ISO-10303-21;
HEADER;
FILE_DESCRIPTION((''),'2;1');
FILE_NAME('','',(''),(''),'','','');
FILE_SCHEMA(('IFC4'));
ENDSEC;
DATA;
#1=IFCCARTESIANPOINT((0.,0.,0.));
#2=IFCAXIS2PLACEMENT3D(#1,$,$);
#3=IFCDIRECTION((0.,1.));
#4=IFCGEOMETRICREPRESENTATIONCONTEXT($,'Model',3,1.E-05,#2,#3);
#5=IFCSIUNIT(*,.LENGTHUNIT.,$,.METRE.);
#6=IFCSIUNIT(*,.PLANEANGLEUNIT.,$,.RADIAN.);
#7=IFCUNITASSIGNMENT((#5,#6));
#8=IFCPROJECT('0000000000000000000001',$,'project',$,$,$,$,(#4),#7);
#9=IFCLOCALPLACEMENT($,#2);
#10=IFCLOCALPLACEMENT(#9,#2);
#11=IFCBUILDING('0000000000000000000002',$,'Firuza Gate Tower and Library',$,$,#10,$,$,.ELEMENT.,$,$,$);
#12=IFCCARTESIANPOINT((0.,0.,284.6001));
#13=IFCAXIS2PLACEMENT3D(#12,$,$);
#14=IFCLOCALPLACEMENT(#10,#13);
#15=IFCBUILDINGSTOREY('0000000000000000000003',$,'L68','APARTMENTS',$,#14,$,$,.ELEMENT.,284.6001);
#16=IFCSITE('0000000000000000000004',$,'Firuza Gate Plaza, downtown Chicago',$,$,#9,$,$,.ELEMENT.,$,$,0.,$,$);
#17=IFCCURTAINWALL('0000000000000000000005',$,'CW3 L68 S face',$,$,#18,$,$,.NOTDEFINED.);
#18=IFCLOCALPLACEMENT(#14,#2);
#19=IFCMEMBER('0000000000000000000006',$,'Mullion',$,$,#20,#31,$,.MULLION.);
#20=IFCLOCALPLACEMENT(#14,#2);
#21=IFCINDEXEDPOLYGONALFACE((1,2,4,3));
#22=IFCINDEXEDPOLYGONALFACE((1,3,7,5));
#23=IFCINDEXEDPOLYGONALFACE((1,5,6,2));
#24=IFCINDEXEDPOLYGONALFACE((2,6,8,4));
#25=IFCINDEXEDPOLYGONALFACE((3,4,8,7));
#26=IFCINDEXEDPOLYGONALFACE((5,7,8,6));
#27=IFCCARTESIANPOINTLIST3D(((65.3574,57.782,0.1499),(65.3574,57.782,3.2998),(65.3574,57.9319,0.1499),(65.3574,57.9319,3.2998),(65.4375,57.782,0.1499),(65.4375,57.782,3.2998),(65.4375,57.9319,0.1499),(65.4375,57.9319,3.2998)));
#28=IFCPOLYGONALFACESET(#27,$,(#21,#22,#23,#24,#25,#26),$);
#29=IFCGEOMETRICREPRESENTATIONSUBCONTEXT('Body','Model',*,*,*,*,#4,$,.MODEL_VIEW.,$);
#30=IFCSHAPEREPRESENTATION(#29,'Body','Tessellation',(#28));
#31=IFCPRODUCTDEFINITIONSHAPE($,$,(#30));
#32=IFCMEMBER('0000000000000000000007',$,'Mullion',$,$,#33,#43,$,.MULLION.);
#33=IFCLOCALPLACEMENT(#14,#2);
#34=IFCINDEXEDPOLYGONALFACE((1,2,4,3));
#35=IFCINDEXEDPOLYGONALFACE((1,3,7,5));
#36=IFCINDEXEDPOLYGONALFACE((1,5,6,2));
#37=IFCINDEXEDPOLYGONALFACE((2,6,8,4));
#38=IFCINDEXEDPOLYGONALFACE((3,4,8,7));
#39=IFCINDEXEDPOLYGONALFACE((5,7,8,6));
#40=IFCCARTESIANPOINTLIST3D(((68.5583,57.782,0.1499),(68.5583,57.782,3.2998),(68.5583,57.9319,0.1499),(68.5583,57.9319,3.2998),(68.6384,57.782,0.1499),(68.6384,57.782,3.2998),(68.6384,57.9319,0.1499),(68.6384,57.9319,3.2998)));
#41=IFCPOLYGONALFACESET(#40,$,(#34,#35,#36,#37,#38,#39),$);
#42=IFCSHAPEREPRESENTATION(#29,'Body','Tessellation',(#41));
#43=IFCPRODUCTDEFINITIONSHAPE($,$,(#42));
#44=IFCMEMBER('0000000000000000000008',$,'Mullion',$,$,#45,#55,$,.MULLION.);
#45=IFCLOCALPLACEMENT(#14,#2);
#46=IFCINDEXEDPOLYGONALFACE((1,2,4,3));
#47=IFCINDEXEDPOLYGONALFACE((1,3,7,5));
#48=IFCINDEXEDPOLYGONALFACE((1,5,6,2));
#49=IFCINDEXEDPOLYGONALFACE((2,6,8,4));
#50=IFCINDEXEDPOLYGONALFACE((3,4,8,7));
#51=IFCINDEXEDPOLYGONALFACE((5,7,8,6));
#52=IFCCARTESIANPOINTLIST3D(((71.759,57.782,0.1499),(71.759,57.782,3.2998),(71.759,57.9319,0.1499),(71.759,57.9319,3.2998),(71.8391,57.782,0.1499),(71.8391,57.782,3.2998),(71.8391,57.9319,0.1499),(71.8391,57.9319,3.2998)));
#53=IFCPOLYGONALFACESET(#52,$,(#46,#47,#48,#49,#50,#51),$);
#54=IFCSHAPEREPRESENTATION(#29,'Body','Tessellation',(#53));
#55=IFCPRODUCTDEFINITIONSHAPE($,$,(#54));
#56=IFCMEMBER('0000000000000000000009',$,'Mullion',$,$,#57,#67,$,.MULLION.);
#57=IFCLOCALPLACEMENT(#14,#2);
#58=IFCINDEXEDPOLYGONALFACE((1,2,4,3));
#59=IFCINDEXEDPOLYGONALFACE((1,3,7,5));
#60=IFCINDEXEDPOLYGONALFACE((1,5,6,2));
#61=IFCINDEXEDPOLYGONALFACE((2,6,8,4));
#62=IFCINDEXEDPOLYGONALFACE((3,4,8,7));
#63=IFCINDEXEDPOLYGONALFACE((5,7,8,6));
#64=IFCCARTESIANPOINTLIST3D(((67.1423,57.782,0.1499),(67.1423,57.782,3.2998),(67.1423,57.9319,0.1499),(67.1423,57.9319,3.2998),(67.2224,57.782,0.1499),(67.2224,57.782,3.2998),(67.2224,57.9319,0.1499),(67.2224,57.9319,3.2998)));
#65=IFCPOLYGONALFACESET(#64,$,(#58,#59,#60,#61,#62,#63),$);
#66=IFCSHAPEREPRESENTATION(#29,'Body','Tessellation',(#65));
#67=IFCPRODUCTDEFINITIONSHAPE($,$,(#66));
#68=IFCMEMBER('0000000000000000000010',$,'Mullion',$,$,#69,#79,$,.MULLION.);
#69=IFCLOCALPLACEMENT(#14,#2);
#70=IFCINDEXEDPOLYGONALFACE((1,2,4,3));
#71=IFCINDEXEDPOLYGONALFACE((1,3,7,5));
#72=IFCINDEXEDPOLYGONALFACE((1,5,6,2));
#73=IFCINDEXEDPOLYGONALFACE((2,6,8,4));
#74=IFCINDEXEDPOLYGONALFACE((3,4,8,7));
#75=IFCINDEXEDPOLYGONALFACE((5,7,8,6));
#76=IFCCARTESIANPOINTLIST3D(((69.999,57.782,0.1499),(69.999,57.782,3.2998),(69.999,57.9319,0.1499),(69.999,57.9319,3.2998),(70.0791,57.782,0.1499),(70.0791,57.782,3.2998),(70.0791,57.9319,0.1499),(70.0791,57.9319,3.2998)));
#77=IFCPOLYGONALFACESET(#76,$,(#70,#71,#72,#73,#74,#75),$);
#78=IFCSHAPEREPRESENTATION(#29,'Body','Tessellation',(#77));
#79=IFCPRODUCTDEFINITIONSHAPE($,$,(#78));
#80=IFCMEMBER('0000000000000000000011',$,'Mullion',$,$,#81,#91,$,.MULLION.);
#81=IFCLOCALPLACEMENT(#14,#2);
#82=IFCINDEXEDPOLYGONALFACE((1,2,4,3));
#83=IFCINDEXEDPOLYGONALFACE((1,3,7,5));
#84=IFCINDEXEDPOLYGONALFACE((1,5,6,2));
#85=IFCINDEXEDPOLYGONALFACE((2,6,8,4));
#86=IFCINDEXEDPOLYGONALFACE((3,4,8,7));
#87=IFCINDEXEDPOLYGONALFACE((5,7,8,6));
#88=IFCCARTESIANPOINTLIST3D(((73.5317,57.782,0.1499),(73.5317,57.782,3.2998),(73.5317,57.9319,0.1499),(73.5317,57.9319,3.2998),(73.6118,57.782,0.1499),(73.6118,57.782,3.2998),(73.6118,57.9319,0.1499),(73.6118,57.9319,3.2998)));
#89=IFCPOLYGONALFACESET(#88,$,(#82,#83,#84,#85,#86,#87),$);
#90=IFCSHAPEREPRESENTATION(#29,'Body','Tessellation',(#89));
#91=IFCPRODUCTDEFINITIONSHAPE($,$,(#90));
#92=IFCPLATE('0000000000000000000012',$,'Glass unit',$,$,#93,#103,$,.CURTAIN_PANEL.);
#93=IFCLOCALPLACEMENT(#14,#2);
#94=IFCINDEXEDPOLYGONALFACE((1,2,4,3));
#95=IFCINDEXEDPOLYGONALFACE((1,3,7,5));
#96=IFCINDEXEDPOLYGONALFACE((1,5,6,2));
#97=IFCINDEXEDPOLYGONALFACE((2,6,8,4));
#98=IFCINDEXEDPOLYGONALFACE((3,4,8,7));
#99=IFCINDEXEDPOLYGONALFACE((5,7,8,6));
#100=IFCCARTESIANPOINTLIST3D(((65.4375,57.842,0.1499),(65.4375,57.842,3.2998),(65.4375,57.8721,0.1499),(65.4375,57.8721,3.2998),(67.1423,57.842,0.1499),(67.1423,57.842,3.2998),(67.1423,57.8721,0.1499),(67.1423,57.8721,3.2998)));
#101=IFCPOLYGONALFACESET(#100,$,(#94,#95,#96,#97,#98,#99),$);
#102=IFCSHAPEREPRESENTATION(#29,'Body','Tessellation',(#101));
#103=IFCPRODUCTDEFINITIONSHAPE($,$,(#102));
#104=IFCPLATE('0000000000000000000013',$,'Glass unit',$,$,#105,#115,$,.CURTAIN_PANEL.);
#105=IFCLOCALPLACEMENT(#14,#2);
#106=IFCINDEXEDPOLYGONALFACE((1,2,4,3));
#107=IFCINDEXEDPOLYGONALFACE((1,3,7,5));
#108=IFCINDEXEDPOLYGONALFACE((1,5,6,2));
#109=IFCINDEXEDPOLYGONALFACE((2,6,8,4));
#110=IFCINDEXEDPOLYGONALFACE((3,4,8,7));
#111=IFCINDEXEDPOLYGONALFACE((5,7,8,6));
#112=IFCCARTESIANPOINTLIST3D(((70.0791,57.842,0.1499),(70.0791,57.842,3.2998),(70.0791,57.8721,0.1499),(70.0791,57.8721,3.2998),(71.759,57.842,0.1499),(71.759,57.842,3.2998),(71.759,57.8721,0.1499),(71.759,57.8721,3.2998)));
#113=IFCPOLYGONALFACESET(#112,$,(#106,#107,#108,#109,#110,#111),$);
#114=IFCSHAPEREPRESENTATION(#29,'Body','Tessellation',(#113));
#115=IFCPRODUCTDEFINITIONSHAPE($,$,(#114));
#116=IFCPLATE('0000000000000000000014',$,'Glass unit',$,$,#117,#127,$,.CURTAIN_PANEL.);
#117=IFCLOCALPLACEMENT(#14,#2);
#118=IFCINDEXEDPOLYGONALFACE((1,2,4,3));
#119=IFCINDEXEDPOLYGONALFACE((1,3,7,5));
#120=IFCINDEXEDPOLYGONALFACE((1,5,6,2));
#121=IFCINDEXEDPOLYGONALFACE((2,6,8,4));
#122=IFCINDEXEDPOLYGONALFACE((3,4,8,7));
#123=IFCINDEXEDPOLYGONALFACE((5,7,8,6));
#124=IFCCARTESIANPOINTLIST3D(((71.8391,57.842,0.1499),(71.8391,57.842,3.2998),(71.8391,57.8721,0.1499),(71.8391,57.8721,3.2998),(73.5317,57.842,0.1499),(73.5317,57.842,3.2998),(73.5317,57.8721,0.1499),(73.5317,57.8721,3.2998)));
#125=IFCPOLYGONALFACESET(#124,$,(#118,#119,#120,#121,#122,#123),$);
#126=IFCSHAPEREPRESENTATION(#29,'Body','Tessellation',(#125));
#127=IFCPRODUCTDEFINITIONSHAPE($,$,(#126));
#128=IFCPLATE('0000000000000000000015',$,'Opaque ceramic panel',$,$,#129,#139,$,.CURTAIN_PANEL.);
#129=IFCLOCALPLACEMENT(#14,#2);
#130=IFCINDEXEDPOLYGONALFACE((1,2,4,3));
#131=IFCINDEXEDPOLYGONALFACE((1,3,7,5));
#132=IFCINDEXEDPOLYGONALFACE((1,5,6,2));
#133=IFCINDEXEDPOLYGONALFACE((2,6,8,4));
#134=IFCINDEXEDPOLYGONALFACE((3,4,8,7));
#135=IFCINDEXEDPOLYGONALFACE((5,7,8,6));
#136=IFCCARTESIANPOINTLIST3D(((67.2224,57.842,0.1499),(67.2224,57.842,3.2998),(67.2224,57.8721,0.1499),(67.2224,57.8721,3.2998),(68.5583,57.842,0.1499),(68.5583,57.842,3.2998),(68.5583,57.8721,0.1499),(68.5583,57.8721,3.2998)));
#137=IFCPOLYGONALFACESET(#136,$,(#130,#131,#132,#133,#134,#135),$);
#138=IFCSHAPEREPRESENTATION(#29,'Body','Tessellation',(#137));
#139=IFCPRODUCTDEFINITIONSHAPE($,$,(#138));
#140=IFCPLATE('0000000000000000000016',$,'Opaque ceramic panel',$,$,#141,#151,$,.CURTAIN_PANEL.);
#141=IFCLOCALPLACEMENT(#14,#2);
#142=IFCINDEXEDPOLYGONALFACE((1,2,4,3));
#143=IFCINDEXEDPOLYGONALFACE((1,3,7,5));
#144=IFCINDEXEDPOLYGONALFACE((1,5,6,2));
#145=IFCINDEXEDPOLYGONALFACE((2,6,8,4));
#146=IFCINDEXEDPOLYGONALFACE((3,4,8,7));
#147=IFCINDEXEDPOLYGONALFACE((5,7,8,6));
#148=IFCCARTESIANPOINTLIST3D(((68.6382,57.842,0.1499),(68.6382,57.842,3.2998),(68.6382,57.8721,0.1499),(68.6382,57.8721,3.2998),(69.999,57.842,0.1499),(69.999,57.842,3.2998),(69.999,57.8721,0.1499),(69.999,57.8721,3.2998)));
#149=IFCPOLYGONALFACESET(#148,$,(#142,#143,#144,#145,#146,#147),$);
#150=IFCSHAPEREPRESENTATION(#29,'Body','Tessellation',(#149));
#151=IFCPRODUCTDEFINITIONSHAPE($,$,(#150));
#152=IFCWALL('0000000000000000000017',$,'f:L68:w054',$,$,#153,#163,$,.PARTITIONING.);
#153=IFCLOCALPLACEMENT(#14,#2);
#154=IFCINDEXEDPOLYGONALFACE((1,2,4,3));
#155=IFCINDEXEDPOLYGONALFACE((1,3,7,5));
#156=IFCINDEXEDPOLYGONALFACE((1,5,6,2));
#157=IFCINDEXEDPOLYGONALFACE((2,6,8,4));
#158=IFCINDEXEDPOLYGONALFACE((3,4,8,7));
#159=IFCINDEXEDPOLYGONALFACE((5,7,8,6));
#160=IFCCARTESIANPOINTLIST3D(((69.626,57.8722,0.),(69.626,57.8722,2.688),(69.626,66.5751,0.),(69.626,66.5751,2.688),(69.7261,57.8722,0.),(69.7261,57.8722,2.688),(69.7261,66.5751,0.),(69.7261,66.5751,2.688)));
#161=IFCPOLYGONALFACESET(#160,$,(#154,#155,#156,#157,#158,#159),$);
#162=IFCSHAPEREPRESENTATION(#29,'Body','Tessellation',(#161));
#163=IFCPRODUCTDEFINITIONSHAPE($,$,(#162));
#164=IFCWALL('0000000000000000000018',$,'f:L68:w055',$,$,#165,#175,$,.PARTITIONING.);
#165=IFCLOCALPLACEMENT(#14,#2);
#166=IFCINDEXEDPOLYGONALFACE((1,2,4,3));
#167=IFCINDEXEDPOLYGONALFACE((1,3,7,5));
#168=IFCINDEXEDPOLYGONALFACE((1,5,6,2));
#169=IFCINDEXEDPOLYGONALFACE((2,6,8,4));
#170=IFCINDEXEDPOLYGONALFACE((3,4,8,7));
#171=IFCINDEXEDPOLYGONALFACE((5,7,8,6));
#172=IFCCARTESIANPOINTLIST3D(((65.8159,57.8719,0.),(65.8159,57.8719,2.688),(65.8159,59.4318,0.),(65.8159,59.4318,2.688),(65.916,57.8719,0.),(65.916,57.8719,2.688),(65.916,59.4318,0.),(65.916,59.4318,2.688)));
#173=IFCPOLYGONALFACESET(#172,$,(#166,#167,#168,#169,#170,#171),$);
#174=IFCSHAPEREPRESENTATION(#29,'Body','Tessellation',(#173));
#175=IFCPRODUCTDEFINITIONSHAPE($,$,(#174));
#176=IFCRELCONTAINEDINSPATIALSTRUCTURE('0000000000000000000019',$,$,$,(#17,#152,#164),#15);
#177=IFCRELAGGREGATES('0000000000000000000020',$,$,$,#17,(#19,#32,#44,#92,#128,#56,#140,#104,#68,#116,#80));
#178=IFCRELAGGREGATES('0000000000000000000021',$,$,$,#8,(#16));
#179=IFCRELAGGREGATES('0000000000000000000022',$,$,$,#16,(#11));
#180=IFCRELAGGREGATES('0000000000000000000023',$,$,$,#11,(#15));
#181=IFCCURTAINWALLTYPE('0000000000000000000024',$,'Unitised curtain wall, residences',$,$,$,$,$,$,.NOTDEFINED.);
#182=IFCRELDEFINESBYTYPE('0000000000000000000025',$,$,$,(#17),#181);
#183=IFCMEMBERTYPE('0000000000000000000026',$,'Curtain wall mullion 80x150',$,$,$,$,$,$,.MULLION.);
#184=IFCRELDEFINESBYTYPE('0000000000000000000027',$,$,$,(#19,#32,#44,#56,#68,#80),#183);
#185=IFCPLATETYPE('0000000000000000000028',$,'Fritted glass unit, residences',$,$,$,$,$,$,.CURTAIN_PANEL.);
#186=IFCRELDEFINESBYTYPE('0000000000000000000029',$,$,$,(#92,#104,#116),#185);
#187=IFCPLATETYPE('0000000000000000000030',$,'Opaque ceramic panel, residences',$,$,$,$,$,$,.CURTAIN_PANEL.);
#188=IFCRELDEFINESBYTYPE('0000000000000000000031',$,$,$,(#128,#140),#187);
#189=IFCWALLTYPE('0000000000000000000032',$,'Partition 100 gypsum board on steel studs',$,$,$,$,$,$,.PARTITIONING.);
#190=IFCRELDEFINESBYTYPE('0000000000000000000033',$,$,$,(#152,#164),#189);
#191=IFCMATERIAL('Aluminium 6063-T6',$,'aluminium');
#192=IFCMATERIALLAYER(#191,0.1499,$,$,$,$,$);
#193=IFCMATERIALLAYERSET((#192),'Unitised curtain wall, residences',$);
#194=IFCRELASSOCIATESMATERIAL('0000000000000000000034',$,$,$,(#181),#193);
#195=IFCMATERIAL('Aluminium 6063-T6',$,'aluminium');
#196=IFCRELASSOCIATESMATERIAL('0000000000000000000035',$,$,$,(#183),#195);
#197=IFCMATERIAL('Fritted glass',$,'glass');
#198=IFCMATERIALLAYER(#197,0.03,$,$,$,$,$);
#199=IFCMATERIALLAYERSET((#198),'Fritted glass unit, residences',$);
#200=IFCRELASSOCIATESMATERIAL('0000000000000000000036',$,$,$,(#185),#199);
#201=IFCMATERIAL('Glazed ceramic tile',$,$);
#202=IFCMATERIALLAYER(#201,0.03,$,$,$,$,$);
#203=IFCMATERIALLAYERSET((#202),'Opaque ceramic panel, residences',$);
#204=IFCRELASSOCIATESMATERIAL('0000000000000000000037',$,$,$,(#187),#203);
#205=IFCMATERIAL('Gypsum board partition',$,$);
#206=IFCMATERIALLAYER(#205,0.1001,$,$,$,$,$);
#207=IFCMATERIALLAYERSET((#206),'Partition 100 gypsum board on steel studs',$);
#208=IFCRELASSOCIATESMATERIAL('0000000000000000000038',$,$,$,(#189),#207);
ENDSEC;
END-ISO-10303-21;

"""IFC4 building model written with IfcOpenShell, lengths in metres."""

from ifc_helpers import new_model, si_unit, direction, frame, frame_2d, origin, origin_2d, place, context, subcontext, project, spatial, polyline, rectangle, outline, extrude, material, layer, layer_set, material_profile, profile_set, type_object, element, aggregate, save


model = new_model("IFC4")

# Units and contexts
model_context = context("Model", 3, precision=1e-05, world=origin(), true_north=direction((0.0, 1.0)))
body_context = subcontext(model_context, "Body", "Model", "MODEL_VIEW")
ifc_project = project(units=[si_unit("LENGTHUNIT", "METRE"), si_unit("PLANEANGLEUNIT", "RADIAN")], contexts=[model_context])

# Site, building, storey
site_placement = place(None, origin())
site = spatial("IfcSite", under=ifc_project, at=site_placement, Name="Firuza Gate Plaza, downtown Chicago", CompositionType="ELEMENT", RefElevation=0.0)
building_placement = place(site_placement, origin())
building = spatial("IfcBuilding", under=site, at=building_placement, Name="Firuza Gate Tower and Library", CompositionType="ELEMENT")
storey_placement = place(building_placement, frame((0.0, 0.0, 284.6001)))
storey = spatial("IfcBuildingStorey", under=building, at=storey_placement, Name="L68", Description="APARTMENTS", CompositionType="ELEMENT", Elevation=284.6001)

# Curtain wall, members, plates
ifc_material_1 = material(Name="Aluminium 6063-T6", Category="aluminium")
ifc_layer_1 = layer(ifc_material_1, 0.1499)
ifc_layer_set_1 = layer_set([ifc_layer_1], Name="Unitised curtain wall, residences")
curtain_wall_type = type_object("IfcCurtainWallType", Name="Unitised curtain wall, residences", PredefinedType="NOTDEFINED", material=ifc_layer_set_1)
curtain_wall_placement = place(storey_placement, origin())
curtain_wall = element("IfcCurtainWall", 1, at=curtain_wall_placement, inside=storey, type_object=curtain_wall_type, Name="CW3 L68 S face", PredefinedType="NOTDEFINED")
ifc_material_2 = material(Name="Aluminium 6063-T6", Category="aluminium")
ifc_material_profile = material_profile(ifc_material_2, rectangle(XDim=0.1499, YDim=0.0801, at=origin_2d()))
ifc_profile_set = profile_set([ifc_material_profile], Name="Aluminium 6063-T6")
member_type = type_object("IfcMemberType", Name="Curtain wall mullion 80x150", PredefinedType="MULLION", material=ifc_profile_set)
member_1_placement = place(storey_placement, frame((65.3975, 57.8569, 0.1499), z_axis=(0.0, 0.0, 1.0), x_axis=(0.0, 1.0, 0.0)))
member_1 = element("IfcMember", 2, at=member_1_placement, type_object=member_type, Name="Mullion", PredefinedType="MULLION", context=body_context, shape_type="SweptSolid", body=[
    extrude(rectangle(XDim=0.1499, YDim=0.0801, at=origin_2d()), origin(), (0.0, 0.0, 1.0), 3.1499),
])
member_2_placement = place(storey_placement, frame((68.5984, 57.8569, 0.1499), z_axis=(0.0, 0.0, 1.0), x_axis=(0.0, 1.0, 0.0)))
member_2 = element("IfcMember", 3, at=member_2_placement, type_object=member_type, Name="Mullion", PredefinedType="MULLION", context=body_context, shape_type="SweptSolid", body=[
    extrude(rectangle(XDim=0.1499, YDim=0.0801, at=origin_2d()), origin(), (0.0, 0.0, 1.0), 3.1499),
])
member_3_placement = place(storey_placement, frame((71.7991, 57.8569, 0.1499), z_axis=(0.0, 0.0, 1.0), x_axis=(0.0, 1.0, 0.0)))
member_3 = element("IfcMember", 4, at=member_3_placement, type_object=member_type, Name="Mullion", PredefinedType="MULLION", context=body_context, shape_type="SweptSolid", body=[
    extrude(rectangle(XDim=0.1499, YDim=0.0801, at=origin_2d()), origin(), (0.0, 0.0, 1.0), 3.1499),
])
member_4_placement = place(storey_placement, frame((67.1824, 57.8569, 0.1499), z_axis=(0.0, 0.0, 1.0), x_axis=(0.0, 1.0, 0.0)))
member_4 = element("IfcMember", 5, at=member_4_placement, type_object=member_type, Name="Mullion", PredefinedType="MULLION", context=body_context, shape_type="SweptSolid", body=[
    extrude(rectangle(XDim=0.1499, YDim=0.0801, at=origin_2d()), origin(), (0.0, 0.0, 1.0), 3.1499),
])
member_5_placement = place(storey_placement, frame((70.0391, 57.8569, 0.1499), z_axis=(0.0, 0.0, 1.0), x_axis=(0.0, 1.0, 0.0)))
member_5 = element("IfcMember", 6, at=member_5_placement, type_object=member_type, Name="Mullion", PredefinedType="MULLION", context=body_context, shape_type="SweptSolid", body=[
    extrude(rectangle(XDim=0.1499, YDim=0.0801, at=origin_2d()), origin(), (0.0, 0.0, 1.0), 3.1499),
])
member_6_placement = place(storey_placement, frame((73.5718, 57.8569, 0.1499), z_axis=(0.0, 0.0, 1.0), x_axis=(0.0, 1.0, 0.0)))
member_6 = element("IfcMember", 7, at=member_6_placement, type_object=member_type, Name="Mullion", PredefinedType="MULLION", context=body_context, shape_type="SweptSolid", body=[
    extrude(rectangle(XDim=0.1499, YDim=0.0801, at=origin_2d()), origin(), (0.0, 0.0, 1.0), 3.1499),
])
ifc_material_3 = material(Name="Fritted glass", Category="glass")
ifc_layer_2 = layer(ifc_material_3, 0.03)
ifc_layer_set_2 = layer_set([ifc_layer_2], Name="Fritted glass unit, residences")
plate_type_1 = type_object("IfcPlateType", Name="Fritted glass unit, residences", PredefinedType="CURTAIN_PANEL", material=ifc_layer_set_2)
plate_1_placement = place(storey_placement, frame((65.4375, 57.842, 0.1499), z_axis=(0.0, -1.0, 0.0), x_axis=(1.0, 0.0, 0.0)))
plate_1 = element("IfcPlate", 8, at=plate_1_placement, type_object=plate_type_1, Name="Glass unit", PredefinedType="CURTAIN_PANEL", context=body_context, shape_type="SweptSolid", body=[
    extrude(outline(polyline([(0.0, 0.0), (1.7048, 0.0), (1.7048, 3.1499), (0.0, 3.1499), (0.0, 0.0)])), origin(), (0.0, 0.0, -1.0), 0.03),
])
plate_2_placement = place(storey_placement, frame((70.0791, 57.842, 0.1499), z_axis=(0.0, -1.0, 0.0), x_axis=(1.0, 0.0, 0.0)))
plate_2 = element("IfcPlate", 9, at=plate_2_placement, type_object=plate_type_1, Name="Glass unit", PredefinedType="CURTAIN_PANEL", context=body_context, shape_type="SweptSolid", body=[
    extrude(outline(polyline([(0.0, 0.0), (1.6799, 0.0), (1.6799, 3.1499), (0.0, 3.1499), (0.0, 0.0)])), origin(), (0.0, 0.0, -1.0), 0.03),
])
plate_3_placement = place(storey_placement, frame((71.8391, 57.842, 0.1499), z_axis=(0.0, -1.0, 0.0), x_axis=(1.0, 0.0, 0.0)))
plate_3 = element("IfcPlate", 10, at=plate_3_placement, type_object=plate_type_1, Name="Glass unit", PredefinedType="CURTAIN_PANEL", context=body_context, shape_type="SweptSolid", body=[
    extrude(outline(polyline([(0.0, 0.0), (1.6926, 0.0), (1.6926, 3.1499), (0.0, 3.1499), (0.0, 0.0)])), origin(), (0.0, 0.0, -1.0), 0.03),
])
ifc_material_4 = material(Name="Glazed ceramic tile")
ifc_layer_3 = layer(ifc_material_4, 0.03)
ifc_layer_set_3 = layer_set([ifc_layer_3], Name="Opaque ceramic panel, residences")
plate_type_2 = type_object("IfcPlateType", Name="Opaque ceramic panel, residences", PredefinedType="CURTAIN_PANEL", material=ifc_layer_set_3)
plate_4_placement = place(storey_placement, frame((67.2224, 57.842, 0.1499), z_axis=(0.0, -1.0, 0.0), x_axis=(1.0, 0.0, 0.0)))
plate_4 = element("IfcPlate", 11, at=plate_4_placement, type_object=plate_type_2, Name="Opaque ceramic panel", PredefinedType="CURTAIN_PANEL", context=body_context, shape_type="SweptSolid", body=[
    extrude(outline(polyline([(0.0, 0.0), (1.3359, 0.0), (1.3359, 3.1499), (0.0, 3.1499), (0.0, 0.0)])), origin(), (0.0, 0.0, -1.0), 0.03),
])
plate_5_placement = place(storey_placement, frame((68.6382, 57.842, 0.1499), z_axis=(0.0, -1.0, 0.0), x_axis=(1.0, 0.0, 0.0)))
plate_5 = element("IfcPlate", 12, at=plate_5_placement, type_object=plate_type_2, Name="Opaque ceramic panel", PredefinedType="CURTAIN_PANEL", context=body_context, shape_type="SweptSolid", body=[
    extrude(outline(polyline([(0.0, 0.0), (1.3608, 0.0), (1.3608, 3.1499), (0.0, 3.1499), (0.0, 0.0)])), origin(), (0.0, 0.0, -1.0), 0.03),
])
aggregate(curtain_wall, [member_1, member_2, member_3, plate_1, plate_4, member_4, plate_5, plate_2, member_5, plate_3, member_6])

# Walls
ifc_material_5 = material(Name="Gypsum board partition")
ifc_layer_4 = layer(ifc_material_5, 0.1001)
ifc_layer_set_4 = layer_set([ifc_layer_4], Name="Partition 100 gypsum board on steel studs")
wall_type = type_object("IfcWallType", Name="Partition 100 gypsum board on steel studs", PredefinedType="PARTITIONING", material=ifc_layer_set_4)
wall_1_placement = place(storey_placement, frame((69.676, 57.8721, 0.0), z_axis=(0.0, 0.0, 1.0), x_axis=(0.0, 1.0, 0.0)))
element("IfcWall", 13, at=wall_1_placement, inside=storey, type_object=wall_type, Name="f:L68:w054", PredefinedType="PARTITIONING", context=body_context, shape_type="SweptSolid", body=[
    extrude(rectangle(XDim=8.7029, YDim=0.1001, at=frame_2d((4.3516, 0.0))), origin(), (0.0, 0.0, 1.0), 2.688),
])
wall_2_placement = place(storey_placement, frame((65.866, 57.8721, 0.0), z_axis=(0.0, 0.0, 1.0), x_axis=(0.0, 1.0, 0.0)))
element("IfcWall", 14, at=wall_2_placement, inside=storey, type_object=wall_type, Name="f:L68:w055", PredefinedType="PARTITIONING", context=body_context, shape_type="SweptSolid", body=[
    extrude(rectangle(XDim=1.5598, YDim=0.1001, at=frame_2d((0.7798, 0.0))), origin(), (0.0, 0.0, 1.0), 2.688),
])

save(model, "model.ifc")
